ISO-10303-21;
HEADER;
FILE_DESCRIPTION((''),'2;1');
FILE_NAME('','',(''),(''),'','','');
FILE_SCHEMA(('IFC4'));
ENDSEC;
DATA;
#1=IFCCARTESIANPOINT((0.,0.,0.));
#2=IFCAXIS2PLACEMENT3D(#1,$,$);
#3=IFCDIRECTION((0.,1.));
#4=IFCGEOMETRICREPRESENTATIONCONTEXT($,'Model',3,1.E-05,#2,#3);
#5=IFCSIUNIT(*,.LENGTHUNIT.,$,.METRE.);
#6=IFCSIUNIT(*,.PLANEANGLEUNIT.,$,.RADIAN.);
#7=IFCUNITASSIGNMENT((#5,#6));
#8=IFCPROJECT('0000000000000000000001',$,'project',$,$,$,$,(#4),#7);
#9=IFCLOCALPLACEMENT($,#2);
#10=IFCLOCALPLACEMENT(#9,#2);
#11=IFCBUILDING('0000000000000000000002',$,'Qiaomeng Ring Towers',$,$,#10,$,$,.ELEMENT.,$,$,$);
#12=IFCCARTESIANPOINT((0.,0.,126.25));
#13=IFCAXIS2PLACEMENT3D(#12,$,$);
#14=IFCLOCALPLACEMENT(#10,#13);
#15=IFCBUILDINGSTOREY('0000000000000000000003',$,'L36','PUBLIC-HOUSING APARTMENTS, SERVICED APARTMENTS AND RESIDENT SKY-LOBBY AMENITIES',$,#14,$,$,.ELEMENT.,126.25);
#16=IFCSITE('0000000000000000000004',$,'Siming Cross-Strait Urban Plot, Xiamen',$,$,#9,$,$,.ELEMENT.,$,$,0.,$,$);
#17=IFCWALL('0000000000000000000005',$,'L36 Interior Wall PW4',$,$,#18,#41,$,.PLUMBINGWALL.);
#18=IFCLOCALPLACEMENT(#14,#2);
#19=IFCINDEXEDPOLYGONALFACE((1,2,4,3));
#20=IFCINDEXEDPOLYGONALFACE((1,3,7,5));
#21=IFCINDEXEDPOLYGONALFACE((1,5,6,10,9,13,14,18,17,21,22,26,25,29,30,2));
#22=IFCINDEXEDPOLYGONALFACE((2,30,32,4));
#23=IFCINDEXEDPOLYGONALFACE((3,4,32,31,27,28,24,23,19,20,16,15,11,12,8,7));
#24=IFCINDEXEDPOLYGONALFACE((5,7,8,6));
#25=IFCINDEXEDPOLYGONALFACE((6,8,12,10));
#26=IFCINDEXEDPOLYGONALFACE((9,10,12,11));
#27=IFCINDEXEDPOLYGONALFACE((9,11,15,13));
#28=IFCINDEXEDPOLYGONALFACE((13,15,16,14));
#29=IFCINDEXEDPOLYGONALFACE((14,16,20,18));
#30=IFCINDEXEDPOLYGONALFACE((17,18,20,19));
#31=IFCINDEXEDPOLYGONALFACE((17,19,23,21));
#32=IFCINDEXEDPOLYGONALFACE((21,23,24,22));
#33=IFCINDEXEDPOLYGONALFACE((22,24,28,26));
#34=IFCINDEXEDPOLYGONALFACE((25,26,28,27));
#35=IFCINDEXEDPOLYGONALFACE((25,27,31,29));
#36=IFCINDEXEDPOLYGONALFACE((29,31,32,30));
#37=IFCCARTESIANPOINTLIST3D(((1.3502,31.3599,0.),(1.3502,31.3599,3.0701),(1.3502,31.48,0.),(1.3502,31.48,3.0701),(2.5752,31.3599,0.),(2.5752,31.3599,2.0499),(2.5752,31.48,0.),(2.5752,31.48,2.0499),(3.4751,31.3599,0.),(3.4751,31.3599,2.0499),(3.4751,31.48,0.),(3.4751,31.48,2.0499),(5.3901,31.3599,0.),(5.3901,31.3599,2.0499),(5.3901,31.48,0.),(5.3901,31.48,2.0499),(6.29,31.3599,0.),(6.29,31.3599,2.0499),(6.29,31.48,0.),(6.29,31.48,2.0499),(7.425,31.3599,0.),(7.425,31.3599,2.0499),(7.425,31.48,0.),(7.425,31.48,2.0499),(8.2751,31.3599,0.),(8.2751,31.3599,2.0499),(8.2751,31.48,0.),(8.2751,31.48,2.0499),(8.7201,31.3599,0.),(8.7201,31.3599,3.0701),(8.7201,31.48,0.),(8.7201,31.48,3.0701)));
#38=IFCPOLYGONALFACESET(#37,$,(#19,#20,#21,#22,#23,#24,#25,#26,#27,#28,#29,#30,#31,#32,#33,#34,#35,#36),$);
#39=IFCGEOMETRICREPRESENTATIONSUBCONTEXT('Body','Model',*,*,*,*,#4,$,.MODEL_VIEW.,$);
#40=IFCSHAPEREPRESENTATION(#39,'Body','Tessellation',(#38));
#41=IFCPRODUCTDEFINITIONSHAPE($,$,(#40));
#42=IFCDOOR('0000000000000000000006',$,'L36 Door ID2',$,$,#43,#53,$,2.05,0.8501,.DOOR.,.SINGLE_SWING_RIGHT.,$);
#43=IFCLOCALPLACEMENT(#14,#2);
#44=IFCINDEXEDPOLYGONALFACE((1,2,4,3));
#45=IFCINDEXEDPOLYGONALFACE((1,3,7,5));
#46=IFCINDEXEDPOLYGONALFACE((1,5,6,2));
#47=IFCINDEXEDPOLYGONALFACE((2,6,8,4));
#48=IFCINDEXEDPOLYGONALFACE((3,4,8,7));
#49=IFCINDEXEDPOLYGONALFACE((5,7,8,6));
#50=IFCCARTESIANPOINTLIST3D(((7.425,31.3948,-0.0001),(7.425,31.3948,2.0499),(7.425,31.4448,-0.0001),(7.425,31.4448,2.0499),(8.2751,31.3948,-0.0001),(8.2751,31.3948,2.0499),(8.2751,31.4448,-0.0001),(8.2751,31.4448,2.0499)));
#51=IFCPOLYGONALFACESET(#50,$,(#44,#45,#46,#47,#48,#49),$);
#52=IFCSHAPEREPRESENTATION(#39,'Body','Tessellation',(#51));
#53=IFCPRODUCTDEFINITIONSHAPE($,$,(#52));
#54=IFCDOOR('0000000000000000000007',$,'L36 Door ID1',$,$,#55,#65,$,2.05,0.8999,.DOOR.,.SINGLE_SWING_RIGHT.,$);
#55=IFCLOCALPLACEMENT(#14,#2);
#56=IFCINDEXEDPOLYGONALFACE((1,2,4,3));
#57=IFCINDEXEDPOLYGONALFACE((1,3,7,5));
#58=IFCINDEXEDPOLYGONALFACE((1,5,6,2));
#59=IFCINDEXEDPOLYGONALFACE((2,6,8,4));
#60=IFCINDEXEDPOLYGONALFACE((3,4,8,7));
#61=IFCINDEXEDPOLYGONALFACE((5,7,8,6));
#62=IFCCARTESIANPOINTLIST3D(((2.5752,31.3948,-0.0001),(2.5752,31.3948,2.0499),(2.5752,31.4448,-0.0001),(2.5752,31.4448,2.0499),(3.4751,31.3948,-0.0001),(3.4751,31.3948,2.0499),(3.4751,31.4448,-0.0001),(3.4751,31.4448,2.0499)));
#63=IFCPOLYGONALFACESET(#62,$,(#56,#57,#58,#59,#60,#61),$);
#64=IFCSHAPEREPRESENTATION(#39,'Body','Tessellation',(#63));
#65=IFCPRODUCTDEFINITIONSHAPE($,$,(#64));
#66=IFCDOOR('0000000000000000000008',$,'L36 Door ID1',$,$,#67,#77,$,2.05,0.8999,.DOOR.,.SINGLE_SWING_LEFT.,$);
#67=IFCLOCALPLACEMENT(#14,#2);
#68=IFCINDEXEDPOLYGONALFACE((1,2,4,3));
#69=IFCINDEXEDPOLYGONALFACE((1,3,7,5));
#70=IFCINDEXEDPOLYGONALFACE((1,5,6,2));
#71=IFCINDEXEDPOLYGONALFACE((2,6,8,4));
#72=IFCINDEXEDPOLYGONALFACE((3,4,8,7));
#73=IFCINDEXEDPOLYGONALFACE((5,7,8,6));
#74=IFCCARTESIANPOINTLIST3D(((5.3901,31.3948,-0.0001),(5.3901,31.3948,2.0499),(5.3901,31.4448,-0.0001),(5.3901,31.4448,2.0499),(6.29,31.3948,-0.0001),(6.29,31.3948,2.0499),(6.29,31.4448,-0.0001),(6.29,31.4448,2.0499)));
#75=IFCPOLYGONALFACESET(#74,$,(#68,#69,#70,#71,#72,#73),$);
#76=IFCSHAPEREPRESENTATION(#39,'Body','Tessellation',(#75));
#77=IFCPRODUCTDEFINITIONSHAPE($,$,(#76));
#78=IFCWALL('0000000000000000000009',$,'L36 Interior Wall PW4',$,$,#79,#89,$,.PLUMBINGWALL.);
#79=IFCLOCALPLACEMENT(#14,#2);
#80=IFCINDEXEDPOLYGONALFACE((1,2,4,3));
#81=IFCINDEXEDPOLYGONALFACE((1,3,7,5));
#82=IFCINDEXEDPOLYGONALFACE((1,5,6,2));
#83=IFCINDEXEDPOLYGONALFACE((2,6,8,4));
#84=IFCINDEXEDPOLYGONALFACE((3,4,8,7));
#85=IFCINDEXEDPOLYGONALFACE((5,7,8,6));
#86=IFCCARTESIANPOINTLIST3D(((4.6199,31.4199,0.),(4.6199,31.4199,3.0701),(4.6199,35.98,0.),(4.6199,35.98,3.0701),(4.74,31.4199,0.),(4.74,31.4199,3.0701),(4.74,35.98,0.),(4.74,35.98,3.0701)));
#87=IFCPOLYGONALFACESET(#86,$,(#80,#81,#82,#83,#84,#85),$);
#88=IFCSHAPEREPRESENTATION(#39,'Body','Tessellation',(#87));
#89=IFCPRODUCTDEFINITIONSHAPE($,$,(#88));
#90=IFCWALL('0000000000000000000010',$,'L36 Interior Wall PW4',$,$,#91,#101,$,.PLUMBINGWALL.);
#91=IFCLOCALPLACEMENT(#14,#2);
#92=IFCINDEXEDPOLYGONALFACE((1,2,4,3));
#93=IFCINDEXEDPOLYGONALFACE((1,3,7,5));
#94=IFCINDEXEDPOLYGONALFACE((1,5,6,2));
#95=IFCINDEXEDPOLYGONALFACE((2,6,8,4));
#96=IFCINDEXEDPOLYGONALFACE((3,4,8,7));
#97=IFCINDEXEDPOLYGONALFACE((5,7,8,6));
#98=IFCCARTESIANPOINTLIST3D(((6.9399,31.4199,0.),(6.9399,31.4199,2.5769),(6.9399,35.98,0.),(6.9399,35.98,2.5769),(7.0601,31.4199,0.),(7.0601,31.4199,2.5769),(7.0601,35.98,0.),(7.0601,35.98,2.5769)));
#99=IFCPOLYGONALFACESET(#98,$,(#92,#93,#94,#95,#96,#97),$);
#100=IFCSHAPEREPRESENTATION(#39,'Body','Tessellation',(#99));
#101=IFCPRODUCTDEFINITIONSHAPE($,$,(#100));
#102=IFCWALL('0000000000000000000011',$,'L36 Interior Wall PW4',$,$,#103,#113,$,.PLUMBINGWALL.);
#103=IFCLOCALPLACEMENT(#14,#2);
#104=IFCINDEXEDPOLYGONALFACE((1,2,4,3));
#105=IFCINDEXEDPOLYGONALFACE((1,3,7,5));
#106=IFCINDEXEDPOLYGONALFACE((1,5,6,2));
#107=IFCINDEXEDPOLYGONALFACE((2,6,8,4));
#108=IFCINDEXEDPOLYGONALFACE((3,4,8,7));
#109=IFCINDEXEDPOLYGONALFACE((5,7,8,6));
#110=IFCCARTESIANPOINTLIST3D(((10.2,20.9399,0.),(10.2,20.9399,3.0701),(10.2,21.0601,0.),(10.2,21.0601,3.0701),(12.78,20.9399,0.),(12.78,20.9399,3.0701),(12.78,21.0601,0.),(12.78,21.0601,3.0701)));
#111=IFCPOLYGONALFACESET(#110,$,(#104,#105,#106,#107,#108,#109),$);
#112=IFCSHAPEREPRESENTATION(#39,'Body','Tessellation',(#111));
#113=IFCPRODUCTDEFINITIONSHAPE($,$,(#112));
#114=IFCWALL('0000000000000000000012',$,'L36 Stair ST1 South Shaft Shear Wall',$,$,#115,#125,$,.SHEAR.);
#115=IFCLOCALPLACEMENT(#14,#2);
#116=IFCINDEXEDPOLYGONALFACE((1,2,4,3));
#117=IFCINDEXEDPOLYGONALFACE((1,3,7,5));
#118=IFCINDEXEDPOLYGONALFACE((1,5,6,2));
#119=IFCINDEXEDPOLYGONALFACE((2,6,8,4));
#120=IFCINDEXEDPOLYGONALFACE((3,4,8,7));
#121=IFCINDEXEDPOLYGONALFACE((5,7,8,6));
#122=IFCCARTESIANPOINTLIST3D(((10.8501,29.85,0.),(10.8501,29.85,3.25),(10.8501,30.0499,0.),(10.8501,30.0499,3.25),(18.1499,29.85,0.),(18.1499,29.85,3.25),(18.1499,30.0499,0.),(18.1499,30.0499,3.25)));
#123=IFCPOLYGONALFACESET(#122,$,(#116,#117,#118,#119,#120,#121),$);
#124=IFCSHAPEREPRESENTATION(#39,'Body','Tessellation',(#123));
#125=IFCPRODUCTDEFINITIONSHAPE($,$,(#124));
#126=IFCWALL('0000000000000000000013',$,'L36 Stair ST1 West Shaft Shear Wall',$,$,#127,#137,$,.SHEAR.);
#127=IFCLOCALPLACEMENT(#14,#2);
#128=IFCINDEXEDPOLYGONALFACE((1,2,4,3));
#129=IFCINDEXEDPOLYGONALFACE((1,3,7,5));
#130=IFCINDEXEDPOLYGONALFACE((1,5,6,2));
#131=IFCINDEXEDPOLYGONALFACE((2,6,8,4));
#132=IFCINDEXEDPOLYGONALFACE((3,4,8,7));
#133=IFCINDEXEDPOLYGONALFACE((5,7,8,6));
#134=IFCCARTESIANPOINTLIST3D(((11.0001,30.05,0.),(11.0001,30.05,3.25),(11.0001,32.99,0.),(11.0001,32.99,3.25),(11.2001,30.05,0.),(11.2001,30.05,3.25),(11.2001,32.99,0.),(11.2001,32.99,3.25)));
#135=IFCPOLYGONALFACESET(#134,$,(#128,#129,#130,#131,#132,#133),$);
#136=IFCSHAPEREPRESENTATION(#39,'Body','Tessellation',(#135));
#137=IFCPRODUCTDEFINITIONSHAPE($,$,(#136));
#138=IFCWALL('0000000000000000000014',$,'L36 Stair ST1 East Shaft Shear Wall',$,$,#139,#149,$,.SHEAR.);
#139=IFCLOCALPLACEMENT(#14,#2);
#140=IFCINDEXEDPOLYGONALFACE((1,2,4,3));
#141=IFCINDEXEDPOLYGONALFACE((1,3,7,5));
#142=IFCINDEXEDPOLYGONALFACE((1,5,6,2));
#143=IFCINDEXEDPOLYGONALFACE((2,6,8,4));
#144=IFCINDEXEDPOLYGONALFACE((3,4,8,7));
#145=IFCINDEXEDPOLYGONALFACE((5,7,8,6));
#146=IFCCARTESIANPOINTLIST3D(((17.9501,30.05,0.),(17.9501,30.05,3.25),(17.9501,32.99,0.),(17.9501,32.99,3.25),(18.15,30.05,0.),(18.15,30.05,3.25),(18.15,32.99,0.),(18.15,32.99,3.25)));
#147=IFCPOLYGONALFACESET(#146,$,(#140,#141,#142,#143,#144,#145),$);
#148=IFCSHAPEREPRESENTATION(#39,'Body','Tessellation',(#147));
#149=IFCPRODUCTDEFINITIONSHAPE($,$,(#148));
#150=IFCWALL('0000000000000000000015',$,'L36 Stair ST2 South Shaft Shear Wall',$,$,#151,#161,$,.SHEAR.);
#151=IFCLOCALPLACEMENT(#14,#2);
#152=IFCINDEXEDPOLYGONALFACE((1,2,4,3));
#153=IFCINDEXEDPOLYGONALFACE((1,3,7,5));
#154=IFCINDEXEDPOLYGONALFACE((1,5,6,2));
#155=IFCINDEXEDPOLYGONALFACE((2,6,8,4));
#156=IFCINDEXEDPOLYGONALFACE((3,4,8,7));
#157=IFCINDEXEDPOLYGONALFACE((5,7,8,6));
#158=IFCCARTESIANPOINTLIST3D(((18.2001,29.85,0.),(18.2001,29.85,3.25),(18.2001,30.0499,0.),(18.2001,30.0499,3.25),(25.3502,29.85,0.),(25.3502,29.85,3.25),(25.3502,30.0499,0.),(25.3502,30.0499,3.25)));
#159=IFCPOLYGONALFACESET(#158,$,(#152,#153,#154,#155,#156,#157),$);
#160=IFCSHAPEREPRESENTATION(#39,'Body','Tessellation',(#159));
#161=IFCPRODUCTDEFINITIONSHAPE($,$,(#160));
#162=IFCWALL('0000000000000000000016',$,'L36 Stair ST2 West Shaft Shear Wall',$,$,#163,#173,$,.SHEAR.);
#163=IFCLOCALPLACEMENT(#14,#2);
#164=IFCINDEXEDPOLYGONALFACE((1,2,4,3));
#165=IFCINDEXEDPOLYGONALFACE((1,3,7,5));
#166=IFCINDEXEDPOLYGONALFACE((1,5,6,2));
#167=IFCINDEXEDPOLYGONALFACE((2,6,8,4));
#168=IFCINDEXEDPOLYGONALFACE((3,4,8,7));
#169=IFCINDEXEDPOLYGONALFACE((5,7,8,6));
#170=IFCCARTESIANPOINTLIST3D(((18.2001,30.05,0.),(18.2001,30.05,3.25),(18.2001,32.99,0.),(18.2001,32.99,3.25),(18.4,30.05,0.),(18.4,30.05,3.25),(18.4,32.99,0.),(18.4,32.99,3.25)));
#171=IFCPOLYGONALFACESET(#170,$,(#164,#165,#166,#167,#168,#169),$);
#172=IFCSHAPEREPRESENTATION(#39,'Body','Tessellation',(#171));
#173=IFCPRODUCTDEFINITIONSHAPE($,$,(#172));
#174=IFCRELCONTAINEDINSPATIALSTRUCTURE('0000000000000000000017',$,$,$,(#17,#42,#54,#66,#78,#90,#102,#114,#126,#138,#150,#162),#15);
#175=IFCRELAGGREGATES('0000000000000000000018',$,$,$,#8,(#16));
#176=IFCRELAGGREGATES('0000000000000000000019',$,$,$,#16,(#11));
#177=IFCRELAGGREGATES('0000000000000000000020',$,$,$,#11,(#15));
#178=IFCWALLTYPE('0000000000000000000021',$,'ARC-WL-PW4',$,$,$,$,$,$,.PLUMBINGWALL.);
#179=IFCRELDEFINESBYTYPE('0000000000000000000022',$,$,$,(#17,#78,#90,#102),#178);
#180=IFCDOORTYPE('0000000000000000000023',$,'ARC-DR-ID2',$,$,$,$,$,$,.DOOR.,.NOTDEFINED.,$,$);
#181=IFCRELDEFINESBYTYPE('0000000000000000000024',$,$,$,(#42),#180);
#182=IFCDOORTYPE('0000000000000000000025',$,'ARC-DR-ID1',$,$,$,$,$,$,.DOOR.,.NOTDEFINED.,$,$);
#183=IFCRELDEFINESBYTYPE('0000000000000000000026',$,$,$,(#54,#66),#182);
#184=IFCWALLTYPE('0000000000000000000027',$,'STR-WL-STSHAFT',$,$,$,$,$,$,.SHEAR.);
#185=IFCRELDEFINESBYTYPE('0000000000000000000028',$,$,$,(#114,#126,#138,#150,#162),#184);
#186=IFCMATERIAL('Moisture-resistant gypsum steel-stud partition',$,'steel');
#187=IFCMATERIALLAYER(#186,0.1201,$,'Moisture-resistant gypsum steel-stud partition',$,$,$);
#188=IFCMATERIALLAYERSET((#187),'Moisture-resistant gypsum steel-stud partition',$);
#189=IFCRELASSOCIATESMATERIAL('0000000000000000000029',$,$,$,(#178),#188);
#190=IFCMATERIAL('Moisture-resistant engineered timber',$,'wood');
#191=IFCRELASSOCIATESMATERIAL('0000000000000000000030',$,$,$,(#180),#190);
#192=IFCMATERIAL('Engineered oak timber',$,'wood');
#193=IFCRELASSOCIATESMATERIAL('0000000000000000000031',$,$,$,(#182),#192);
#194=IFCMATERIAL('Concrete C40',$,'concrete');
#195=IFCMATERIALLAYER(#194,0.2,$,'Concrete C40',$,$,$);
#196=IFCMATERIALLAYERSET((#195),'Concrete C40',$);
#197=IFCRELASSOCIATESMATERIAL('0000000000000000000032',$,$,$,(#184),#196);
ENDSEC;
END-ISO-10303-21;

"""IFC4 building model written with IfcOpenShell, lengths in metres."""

from ifc_helpers import new_model, si_unit, direction, frame, frame_2d, origin, place, context, subcontext, project, spatial, rectangle, extrude, source, transform, mapped, material, layer, layer_set, type_object, element, fill, save


model = new_model("IFC4")

# Units and contexts
model_context = context("Model", 3, precision=1e-05, world=origin(), true_north=direction((0.0, 1.0)))
body_context = subcontext(model_context, "Body", "Model", "MODEL_VIEW")
ifc_project = project(units=[si_unit("LENGTHUNIT", "METRE"), si_unit("PLANEANGLEUNIT", "RADIAN")], contexts=[model_context])

# Site, building, storey
site_placement = place(None, origin())
site = spatial("IfcSite", under=ifc_project, at=site_placement, Name="Siming Cross-Strait Urban Plot, Xiamen", CompositionType="ELEMENT", RefElevation=0.0)
building_placement = place(site_placement, origin())
building = spatial("IfcBuilding", under=site, at=building_placement, Name="Qiaomeng Ring Towers", CompositionType="ELEMENT")
storey_placement = place(building_placement, frame((0.0, 0.0, 126.25)))
storey = spatial("IfcBuildingStorey", under=building, at=storey_placement, Name="L36", Description="PUBLIC-HOUSING APARTMENTS, SERVICED APARTMENTS AND RESIDENT SKY-LOBBY AMENITIES", CompositionType="ELEMENT", Elevation=126.25)

# Wall, openings, doors
ifc_material_1 = material(Name="Moisture-resistant gypsum steel-stud partition", Category="steel")
ifc_layer_1 = layer(ifc_material_1, 0.1201, Name="Moisture-resistant gypsum steel-stud partition")
ifc_layer_set_1 = layer_set([ifc_layer_1], Name="Moisture-resistant gypsum steel-stud partition")
wall_type_1 = type_object("IfcWallType", Name="ARC-WL-PW4", PredefinedType="PLUMBINGWALL", material=ifc_layer_set_1)
wall_1_placement = place(storey_placement, frame((1.3501, 31.4199, 0.0), z_axis=(0.0, 0.0, 1.0), x_axis=(1.0, 0.0, 0.0)))
wall_1 = element("IfcWall", 1, at=wall_1_placement, inside=storey, type_object=wall_type_1, Name="L36 Interior Wall PW4", PredefinedType="PLUMBINGWALL", context=body_context, shape_type="SweptSolid", body=[
    extrude(rectangle(XDim=7.3699, YDim=0.1201, at=frame_2d((3.6851, 0.0))), origin(), (0.0, 0.0, 1.0), 3.0701),
])
opening_1_placement = place(wall_1_placement, frame((1.2251, 0.0, 0.0)))
opening_1 = element("IfcOpeningElement", 2, at=opening_1_placement, cuts=wall_1, PredefinedType="OPENING", context=body_context, shape_type="SweptSolid", body=[
    extrude(rectangle(XDim=0.8999, YDim=2.05, at=frame_2d((0.45, 1.0249))), frame((0.0, 0.0701, 0.0), z_axis=(0.0, -1.0, 0.0), x_axis=(1.0, 0.0, 0.0)), (0.0, 0.0, 1.0), 0.1401),
])
opening_2_placement = place(wall_1_placement, frame((4.04, 0.0, 0.0)))
opening_2 = element("IfcOpeningElement", 3, at=opening_2_placement, cuts=wall_1, PredefinedType="OPENING", context=body_context, shape_type="SweptSolid", body=[
    extrude(rectangle(XDim=0.8999, YDim=2.05, at=frame_2d((0.45, 1.0249))), frame((0.0, 0.0701, 0.0), z_axis=(0.0, -1.0, 0.0), x_axis=(1.0, 0.0, 0.0)), (0.0, 0.0, 1.0), 0.1401),
])
opening_3_placement = place(wall_1_placement, frame((6.075, 0.0, 0.0)))
opening_3 = element("IfcOpeningElement", 4, at=opening_3_placement, cuts=wall_1, PredefinedType="OPENING", context=body_context, shape_type="SweptSolid", body=[
    extrude(rectangle(XDim=0.8501, YDim=2.05, at=frame_2d((0.425, 1.0249))), frame((0.0, 0.0701, 0.0), z_axis=(0.0, -1.0, 0.0), x_axis=(1.0, 0.0, 0.0)), (0.0, 0.0, 1.0), 0.1401),
])
ifc_material_2 = material(Name="Moisture-resistant engineered timber", Category="wood")
door_type_1 = type_object("IfcDoorType", Name="ARC-DR-ID2", OperationType="NOTDEFINED", PredefinedType="DOOR", material=ifc_material_2)
shared_shape_1 = source(origin(), body_context, "Body", "SweptSolid", [
    extrude(rectangle(XDim=0.8501, YDim=2.05, at=frame_2d((0.425, 1.0249))), frame((0.0, 0.0249, 0.0), z_axis=(0.0, -1.0, 0.0), x_axis=(1.0, 0.0, 0.0)), (0.0, 0.0, 1.0), 0.05),
])
door_1_placement = place(opening_3_placement, origin())
door_1 = element("IfcDoor", 5, at=door_1_placement, inside=storey, type_object=door_type_1, Name="L36 Door ID2", OperationType="SINGLE_SWING_RIGHT", OverallHeight=2.05, OverallWidth=0.8501, PredefinedType="DOOR", context=body_context, shape_type="MappedRepresentation", body=[
    mapped(shared_shape_1, transform((0.0, 0.0, 0.0), x_axis=(1.0, 0.0, 0.0), y_axis=(0.0, 1.0, 0.0), z_axis=(0.0, 0.0, 1.0), scale=1.0)),
])
fill(opening_3, door_1)
ifc_material_3 = material(Name="Engineered oak timber", Category="wood")
door_type_2 = type_object("IfcDoorType", Name="ARC-DR-ID1", OperationType="NOTDEFINED", PredefinedType="DOOR", material=ifc_material_3)
shared_shape_2 = source(origin(), body_context, "Body", "SweptSolid", [
    extrude(rectangle(XDim=0.8999, YDim=2.05, at=frame_2d((0.45, 1.0249))), frame((0.0, 0.0249, 0.0), z_axis=(0.0, -1.0, 0.0), x_axis=(1.0, 0.0, 0.0)), (0.0, 0.0, 1.0), 0.05),
])
door_2_placement = place(opening_1_placement, origin())
door_2 = element("IfcDoor", 6, at=door_2_placement, inside=storey, type_object=door_type_2, Name="L36 Door ID1", OperationType="SINGLE_SWING_RIGHT", OverallHeight=2.05, OverallWidth=0.8999, PredefinedType="DOOR", context=body_context, shape_type="MappedRepresentation", body=[
    mapped(shared_shape_2, transform((0.0, 0.0, 0.0), x_axis=(1.0, 0.0, 0.0), y_axis=(0.0, 1.0, 0.0), z_axis=(0.0, 0.0, 1.0), scale=1.0)),
])
fill(opening_1, door_2)
door_3_placement = place(opening_2_placement, origin())
door_3 = element("IfcDoor", 7, at=door_3_placement, inside=storey, type_object=door_type_2, Name="L36 Door ID1", OperationType="SINGLE_SWING_LEFT", OverallHeight=2.05, OverallWidth=0.8999, PredefinedType="DOOR", context=body_context, shape_type="MappedRepresentation", body=[
    mapped(shared_shape_2, transform((0.0, 0.0, 0.0), x_axis=(1.0, 0.0, 0.0), y_axis=(0.0, 1.0, 0.0), z_axis=(0.0, 0.0, 1.0), scale=1.0)),
])
fill(opening_2, door_3)

# Walls
wall_2_placement = place(storey_placement, frame((4.6799, 31.4199, 0.0), z_axis=(0.0, 0.0, 1.0), x_axis=(0.0, 1.0, 0.0)))
element("IfcWall", 8, at=wall_2_placement, inside=storey, type_object=wall_type_1, Name="L36 Interior Wall PW4", PredefinedType="PLUMBINGWALL", context=body_context, shape_type="SweptSolid", body=[
    extrude(rectangle(XDim=4.5601, YDim=0.1201, at=frame_2d((2.28, 0.0))), origin(), (0.0, 0.0, 1.0), 3.0701),
])
wall_3_placement = place(storey_placement, frame((7.0, 31.4199, 0.0), z_axis=(0.0, 0.0, 1.0), x_axis=(0.0, 1.0, 0.0)))
element("IfcWall", 9, at=wall_3_placement, inside=storey, type_object=wall_type_1, Name="L36 Interior Wall PW4", PredefinedType="PLUMBINGWALL", context=body_context, shape_type="SweptSolid", body=[
    extrude(rectangle(XDim=4.5601, YDim=0.1201, at=frame_2d((2.28, 0.0))), origin(), (0.0, 0.0, 1.0), 2.5769),
])
wall_4_placement = place(storey_placement, frame((10.2, 21.0, 0.0), z_axis=(0.0, 0.0, 1.0), x_axis=(1.0, 0.0, 0.0)))
element("IfcWall", 10, at=wall_4_placement, inside=storey, type_object=wall_type_1, Name="L36 Interior Wall PW4", PredefinedType="PLUMBINGWALL", context=body_context, shape_type="SweptSolid", body=[
    extrude(rectangle(XDim=2.5801, YDim=0.1201, at=frame_2d((1.29, 0.0))), origin(), (0.0, 0.0, 1.0), 3.0701),
])
ifc_material_4 = material(Name="Concrete C40", Category="concrete")
ifc_layer_2 = layer(ifc_material_4, 0.2, Name="Concrete C40")
ifc_layer_set_2 = layer_set([ifc_layer_2], Name="Concrete C40")
wall_type_2 = type_object("IfcWallType", Name="STR-WL-STSHAFT", PredefinedType="SHEAR", material=ifc_layer_set_2)
wall_5_placement = place(storey_placement, frame((10.8501, 29.95, 0.0), z_axis=(0.0, 0.0, 1.0), x_axis=(1.0, 0.0, 0.0)))
element("IfcWall", 11, at=wall_5_placement, inside=storey, type_object=wall_type_2, Name="L36 Stair ST1 South Shaft Shear Wall", PredefinedType="SHEAR", context=body_context, shape_type="SweptSolid", body=[
    extrude(rectangle(XDim=7.2998, YDim=0.2, at=frame_2d((3.6499, 0.0))), origin(), (0.0, 0.0, 1.0), 3.25),
])
for number, where, z_axis, x_axis, name in (
    (12, (11.1001, 30.05, 0.0), (0.0, 0.0, 1.0), (0.0, 1.0, 0.0), "L36 Stair ST1 West Shaft Shear Wall"),
    (13, (18.05, 30.05, 0.0), (0.0, 0.0, 1.0), (0.0, 1.0, 0.0), "L36 Stair ST1 East Shaft Shear Wall"),
):
    element("IfcWall", number, at=place(storey_placement, frame(where, z_axis=z_axis, x_axis=x_axis)), inside=storey, type_object=wall_type_2, Name=name, PredefinedType="SHEAR", context=body_context, shape_type="SweptSolid", body=[
        extrude(rectangle(XDim=2.9399, YDim=0.2, at=frame_2d((1.47, 0.0))), origin(), (0.0, 0.0, 1.0), 3.25),
    ])
wall_6_placement = place(storey_placement, frame((18.2, 29.95, 0.0), z_axis=(0.0, 0.0, 1.0), x_axis=(1.0, 0.0, 0.0)))
element("IfcWall", 14, at=wall_6_placement, inside=storey, type_object=wall_type_2, Name="L36 Stair ST2 South Shaft Shear Wall", PredefinedType="SHEAR", context=body_context, shape_type="SweptSolid", body=[
    extrude(rectangle(XDim=7.1501, YDim=0.2, at=frame_2d((3.5752, 0.0))), origin(), (0.0, 0.0, 1.0), 3.25),
])
wall_7_placement = place(storey_placement, frame((18.3, 30.05, 0.0), z_axis=(0.0, 0.0, 1.0), x_axis=(0.0, 1.0, 0.0)))
element("IfcWall", 15, at=wall_7_placement, inside=storey, type_object=wall_type_2, Name="L36 Stair ST2 West Shaft Shear Wall", PredefinedType="SHEAR", context=body_context, shape_type="SweptSolid", body=[
    extrude(rectangle(XDim=2.9399, YDim=0.2, at=frame_2d((1.47, 0.0))), origin(), (0.0, 0.0, 1.0), 3.25),
])

save(model, "model.ifc")
